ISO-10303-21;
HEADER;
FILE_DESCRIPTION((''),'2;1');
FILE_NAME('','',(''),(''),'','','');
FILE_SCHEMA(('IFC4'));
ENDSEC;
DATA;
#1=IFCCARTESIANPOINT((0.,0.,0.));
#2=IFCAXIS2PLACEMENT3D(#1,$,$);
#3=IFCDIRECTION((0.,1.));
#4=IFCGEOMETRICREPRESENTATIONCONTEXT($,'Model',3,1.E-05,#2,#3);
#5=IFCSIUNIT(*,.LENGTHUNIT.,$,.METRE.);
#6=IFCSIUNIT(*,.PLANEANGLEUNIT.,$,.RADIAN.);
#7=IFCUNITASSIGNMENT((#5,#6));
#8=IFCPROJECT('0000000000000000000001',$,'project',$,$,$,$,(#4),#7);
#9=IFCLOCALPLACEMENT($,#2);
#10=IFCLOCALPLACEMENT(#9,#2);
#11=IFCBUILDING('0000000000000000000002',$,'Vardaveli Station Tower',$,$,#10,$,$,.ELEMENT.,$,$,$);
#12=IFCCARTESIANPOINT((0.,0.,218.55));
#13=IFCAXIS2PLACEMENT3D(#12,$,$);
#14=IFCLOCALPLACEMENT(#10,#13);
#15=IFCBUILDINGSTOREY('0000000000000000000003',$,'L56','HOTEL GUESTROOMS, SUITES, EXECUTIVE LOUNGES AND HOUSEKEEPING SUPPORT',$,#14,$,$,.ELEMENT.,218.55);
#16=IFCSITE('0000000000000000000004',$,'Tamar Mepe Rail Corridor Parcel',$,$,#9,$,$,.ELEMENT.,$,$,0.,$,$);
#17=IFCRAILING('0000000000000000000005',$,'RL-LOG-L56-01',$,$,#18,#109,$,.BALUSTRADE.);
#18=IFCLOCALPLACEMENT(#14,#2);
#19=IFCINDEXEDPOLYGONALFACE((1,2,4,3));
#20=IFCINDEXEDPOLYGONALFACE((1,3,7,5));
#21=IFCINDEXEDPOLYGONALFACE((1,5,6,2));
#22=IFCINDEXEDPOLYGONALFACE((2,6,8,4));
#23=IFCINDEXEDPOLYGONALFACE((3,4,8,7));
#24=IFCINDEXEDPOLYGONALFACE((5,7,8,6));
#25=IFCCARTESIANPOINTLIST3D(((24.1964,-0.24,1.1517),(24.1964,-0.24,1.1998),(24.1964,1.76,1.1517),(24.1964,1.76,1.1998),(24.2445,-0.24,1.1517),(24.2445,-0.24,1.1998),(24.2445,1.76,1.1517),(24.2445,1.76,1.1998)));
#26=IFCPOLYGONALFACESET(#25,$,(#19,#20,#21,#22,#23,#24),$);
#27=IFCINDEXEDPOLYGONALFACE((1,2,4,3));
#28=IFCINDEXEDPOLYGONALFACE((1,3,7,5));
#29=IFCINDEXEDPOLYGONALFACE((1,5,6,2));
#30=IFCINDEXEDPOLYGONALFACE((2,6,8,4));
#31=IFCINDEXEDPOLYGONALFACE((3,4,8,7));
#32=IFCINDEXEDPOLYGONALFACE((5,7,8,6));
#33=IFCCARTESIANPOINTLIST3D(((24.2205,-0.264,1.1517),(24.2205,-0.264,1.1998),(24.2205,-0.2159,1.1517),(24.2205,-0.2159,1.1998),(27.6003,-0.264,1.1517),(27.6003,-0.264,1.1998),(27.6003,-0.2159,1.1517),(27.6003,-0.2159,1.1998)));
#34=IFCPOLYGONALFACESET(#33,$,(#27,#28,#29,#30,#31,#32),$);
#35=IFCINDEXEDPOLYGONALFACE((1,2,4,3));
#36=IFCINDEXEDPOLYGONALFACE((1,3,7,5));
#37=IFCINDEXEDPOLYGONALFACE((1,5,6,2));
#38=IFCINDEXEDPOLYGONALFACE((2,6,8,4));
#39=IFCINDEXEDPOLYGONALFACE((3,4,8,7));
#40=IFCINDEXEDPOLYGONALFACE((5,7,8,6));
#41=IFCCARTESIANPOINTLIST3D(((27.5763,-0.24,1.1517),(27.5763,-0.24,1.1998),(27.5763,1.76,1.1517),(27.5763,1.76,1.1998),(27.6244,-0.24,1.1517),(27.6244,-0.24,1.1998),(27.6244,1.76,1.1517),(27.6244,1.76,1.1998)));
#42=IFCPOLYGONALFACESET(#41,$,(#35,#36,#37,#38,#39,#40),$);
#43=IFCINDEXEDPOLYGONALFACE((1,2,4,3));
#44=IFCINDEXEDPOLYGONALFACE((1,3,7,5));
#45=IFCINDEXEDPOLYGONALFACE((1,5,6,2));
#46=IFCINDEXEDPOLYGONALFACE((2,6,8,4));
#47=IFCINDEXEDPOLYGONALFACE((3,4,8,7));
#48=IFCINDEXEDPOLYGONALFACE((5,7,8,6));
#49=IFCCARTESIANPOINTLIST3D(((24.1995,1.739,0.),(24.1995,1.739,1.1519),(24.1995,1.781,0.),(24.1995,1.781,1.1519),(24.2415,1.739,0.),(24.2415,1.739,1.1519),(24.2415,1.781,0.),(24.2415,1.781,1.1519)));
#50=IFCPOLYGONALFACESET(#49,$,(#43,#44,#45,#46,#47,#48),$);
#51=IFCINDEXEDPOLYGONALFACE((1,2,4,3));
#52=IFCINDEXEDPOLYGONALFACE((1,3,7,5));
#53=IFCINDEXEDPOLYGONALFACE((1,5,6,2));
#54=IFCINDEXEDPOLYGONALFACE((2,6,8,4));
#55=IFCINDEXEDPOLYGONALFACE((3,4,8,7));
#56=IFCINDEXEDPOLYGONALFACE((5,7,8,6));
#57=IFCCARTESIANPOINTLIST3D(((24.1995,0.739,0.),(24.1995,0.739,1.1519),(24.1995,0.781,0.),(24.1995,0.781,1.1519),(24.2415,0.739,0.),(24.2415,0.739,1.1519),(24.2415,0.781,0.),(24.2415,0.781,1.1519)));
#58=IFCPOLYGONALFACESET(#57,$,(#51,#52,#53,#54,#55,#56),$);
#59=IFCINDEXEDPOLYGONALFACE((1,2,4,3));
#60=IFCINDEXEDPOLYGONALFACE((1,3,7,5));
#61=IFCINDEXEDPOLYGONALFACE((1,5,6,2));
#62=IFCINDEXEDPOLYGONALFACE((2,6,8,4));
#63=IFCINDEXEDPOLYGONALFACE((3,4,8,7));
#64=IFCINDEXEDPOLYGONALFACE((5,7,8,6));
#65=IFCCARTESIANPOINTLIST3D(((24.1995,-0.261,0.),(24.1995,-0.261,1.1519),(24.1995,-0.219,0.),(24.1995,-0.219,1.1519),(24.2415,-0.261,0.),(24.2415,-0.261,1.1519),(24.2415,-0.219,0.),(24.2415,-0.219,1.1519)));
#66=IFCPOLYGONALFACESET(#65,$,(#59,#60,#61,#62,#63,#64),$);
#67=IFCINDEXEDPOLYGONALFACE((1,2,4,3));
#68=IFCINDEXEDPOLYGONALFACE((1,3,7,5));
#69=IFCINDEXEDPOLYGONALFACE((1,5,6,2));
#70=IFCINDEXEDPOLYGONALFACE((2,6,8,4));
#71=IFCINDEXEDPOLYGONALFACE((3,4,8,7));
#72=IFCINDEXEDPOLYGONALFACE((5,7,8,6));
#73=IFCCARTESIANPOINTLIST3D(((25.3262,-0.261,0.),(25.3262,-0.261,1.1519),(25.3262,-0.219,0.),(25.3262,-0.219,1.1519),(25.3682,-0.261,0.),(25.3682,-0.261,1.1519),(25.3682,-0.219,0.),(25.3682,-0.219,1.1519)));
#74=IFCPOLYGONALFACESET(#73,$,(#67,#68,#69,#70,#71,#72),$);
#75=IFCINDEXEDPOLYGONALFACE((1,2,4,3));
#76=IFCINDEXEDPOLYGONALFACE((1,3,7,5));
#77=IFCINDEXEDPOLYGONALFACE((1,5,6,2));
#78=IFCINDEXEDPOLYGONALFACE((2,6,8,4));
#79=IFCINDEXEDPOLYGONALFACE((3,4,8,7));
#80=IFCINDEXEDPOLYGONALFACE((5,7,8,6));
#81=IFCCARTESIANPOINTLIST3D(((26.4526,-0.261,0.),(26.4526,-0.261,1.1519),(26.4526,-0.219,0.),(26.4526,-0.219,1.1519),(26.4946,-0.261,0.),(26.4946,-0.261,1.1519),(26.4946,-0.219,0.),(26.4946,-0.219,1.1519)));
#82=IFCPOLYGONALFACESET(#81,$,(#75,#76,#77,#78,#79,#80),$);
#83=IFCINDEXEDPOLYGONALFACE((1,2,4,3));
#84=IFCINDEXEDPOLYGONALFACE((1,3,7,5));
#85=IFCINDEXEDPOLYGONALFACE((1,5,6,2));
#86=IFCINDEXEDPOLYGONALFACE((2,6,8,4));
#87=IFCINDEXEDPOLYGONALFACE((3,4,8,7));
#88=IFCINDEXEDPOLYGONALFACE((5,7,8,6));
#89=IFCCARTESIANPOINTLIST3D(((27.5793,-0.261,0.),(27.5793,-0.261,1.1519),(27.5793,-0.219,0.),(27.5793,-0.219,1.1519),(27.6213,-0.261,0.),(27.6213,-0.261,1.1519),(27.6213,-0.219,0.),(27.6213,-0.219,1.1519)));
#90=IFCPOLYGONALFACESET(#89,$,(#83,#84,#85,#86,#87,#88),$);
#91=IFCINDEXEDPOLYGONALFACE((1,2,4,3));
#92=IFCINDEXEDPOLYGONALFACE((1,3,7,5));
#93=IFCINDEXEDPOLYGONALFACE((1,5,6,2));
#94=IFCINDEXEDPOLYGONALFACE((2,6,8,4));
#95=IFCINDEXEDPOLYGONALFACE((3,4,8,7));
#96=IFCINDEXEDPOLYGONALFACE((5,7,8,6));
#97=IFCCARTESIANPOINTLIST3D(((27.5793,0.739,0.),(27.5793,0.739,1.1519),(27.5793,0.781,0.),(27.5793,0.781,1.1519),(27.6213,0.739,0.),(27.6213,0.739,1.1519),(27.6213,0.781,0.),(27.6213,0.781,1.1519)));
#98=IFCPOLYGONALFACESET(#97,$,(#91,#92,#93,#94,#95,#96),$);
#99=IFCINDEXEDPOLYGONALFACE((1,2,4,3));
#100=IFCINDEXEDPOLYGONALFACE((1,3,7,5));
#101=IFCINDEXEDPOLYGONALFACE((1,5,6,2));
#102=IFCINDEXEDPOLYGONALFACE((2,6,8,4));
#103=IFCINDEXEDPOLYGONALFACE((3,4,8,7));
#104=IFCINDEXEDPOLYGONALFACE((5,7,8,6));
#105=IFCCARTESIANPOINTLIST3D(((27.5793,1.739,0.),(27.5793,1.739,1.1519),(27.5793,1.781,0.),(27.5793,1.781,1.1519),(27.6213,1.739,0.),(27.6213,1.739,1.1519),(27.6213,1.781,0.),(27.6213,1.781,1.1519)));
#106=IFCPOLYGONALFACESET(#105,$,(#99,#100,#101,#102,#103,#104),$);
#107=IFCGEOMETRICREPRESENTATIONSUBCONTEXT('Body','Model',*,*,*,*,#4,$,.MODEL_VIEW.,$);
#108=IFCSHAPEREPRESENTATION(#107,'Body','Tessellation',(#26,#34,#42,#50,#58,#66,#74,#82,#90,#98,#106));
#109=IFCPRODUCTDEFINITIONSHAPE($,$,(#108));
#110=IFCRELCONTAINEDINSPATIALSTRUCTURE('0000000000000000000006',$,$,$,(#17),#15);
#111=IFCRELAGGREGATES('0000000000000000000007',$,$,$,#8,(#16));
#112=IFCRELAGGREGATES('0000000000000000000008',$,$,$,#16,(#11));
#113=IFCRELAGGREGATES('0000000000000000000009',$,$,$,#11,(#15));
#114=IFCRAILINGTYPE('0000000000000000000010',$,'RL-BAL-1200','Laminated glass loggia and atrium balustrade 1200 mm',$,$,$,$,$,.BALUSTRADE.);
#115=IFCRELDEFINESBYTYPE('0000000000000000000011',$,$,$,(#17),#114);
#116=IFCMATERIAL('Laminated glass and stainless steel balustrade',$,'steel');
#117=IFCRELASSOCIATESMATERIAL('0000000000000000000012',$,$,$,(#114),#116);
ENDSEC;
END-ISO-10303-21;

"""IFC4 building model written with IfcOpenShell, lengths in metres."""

from ifc_helpers import new_model, si_unit, direction, frame, origin, origin_2d, place, context, subcontext, project, spatial, rectangle, extrude, source, transform, mapped, material, type_object, element, save


model = new_model("IFC4")

# Units and contexts
model_context = context("Model", 3, precision=1e-05, world=origin(), true_north=direction((0.0, 1.0)))
body_context = subcontext(model_context, "Body", "Model", "MODEL_VIEW")
ifc_project = project(units=[si_unit("LENGTHUNIT", "METRE"), si_unit("PLANEANGLEUNIT", "RADIAN")], contexts=[model_context])

# Site, building, storey
site_placement = place(None, origin())
site = spatial("IfcSite", under=ifc_project, at=site_placement, Name="Tamar Mepe Rail Corridor Parcel", CompositionType="ELEMENT", RefElevation=0.0)
building_placement = place(site_placement, origin())
building = spatial("IfcBuilding", under=site, at=building_placement, Name="Vardaveli Station Tower", CompositionType="ELEMENT")
storey_placement = place(building_placement, frame((0.0, 0.0, 218.55)))
storey = spatial("IfcBuildingStorey", under=building, at=storey_placement, Name="L56", Description="HOTEL GUESTROOMS, SUITES, EXECUTIVE LOUNGES AND HOUSEKEEPING SUPPORT", CompositionType="ELEMENT", Elevation=218.55)

# Railing
ifc_material_1 = material(Name="Laminated glass and stainless steel balustrade", Category="steel")
railing_type = type_object("IfcRailingType", Name="RL-BAL-1200", Description="Laminated glass loggia and atrium balustrade 1200 mm", PredefinedType="BALUSTRADE", material=ifc_material_1)
shared_shape_1 = source(origin(), body_context, "Body", "SweptSolid", [
    extrude(rectangle(XDim=0.0481, YDim=0.0481, at=origin_2d()), frame((0.0, 0.0, 1.1758), z_axis=(0.0, -1.0, 0.0), x_axis=(1.0, 0.0, 0.0)), (0.0, 0.0, 1.0), 2.0),
    extrude(rectangle(XDim=0.0481, YDim=0.0481, at=origin_2d()), frame((0.0, -2.0, 1.1758), z_axis=(1.0, 0.0, 0.0), x_axis=(0.0, 1.0, 0.0)), (0.0, 0.0, 1.0), 3.3799),
    extrude(rectangle(XDim=0.0481, YDim=0.0481, at=origin_2d()), frame((3.3799, -2.0, 1.1758), z_axis=(0.0, 1.0, 0.0), x_axis=(-1.0, 0.0, 0.0)), (0.0, 0.0, 1.0), 2.0),
    extrude(rectangle(XDim=0.042, YDim=0.042, at=origin_2d()), origin(), (0.0, 0.0, 1.0), 1.1519),
    extrude(rectangle(XDim=0.042, YDim=0.042, at=origin_2d()), frame((0.0, -1.0, 0.0)), (0.0, 0.0, 1.0), 1.1519),
    extrude(rectangle(XDim=0.042, YDim=0.042, at=origin_2d()), frame((0.0, -2.0, 0.0)), (0.0, 0.0, 1.0), 1.1519),
    extrude(rectangle(XDim=0.042, YDim=0.042, at=origin_2d()), frame((1.1267, -2.0, 0.0)), (0.0, 0.0, 1.0), 1.1519),
    extrude(rectangle(XDim=0.042, YDim=0.042, at=origin_2d()), frame((2.2532, -2.0, 0.0)), (0.0, 0.0, 1.0), 1.1519),
    extrude(rectangle(XDim=0.042, YDim=0.042, at=origin_2d()), frame((3.3799, -2.0, 0.0)), (0.0, 0.0, 1.0), 1.1519),
    extrude(rectangle(XDim=0.042, YDim=0.042, at=origin_2d()), frame((3.3799, -1.0, 0.0)), (0.0, 0.0, 1.0), 1.1519),
    extrude(rectangle(XDim=0.042, YDim=0.042, at=origin_2d()), frame((3.3799, 0.0, 0.0)), (0.0, 0.0, 1.0), 1.1519),
])
railing_placement = place(storey_placement, frame((24.2205, 1.76, 0.0)))
element("IfcRailing", 1, at=railing_placement, inside=storey, type_object=railing_type, Name="RL-LOG-L56-01", PredefinedType="BALUSTRADE", context=body_context, shape_type="MappedRepresentation", body=[
    mapped(shared_shape_1, transform((0.0, 0.0, 0.0), scale=1.0)),
])

save(model, "model.ifc")
